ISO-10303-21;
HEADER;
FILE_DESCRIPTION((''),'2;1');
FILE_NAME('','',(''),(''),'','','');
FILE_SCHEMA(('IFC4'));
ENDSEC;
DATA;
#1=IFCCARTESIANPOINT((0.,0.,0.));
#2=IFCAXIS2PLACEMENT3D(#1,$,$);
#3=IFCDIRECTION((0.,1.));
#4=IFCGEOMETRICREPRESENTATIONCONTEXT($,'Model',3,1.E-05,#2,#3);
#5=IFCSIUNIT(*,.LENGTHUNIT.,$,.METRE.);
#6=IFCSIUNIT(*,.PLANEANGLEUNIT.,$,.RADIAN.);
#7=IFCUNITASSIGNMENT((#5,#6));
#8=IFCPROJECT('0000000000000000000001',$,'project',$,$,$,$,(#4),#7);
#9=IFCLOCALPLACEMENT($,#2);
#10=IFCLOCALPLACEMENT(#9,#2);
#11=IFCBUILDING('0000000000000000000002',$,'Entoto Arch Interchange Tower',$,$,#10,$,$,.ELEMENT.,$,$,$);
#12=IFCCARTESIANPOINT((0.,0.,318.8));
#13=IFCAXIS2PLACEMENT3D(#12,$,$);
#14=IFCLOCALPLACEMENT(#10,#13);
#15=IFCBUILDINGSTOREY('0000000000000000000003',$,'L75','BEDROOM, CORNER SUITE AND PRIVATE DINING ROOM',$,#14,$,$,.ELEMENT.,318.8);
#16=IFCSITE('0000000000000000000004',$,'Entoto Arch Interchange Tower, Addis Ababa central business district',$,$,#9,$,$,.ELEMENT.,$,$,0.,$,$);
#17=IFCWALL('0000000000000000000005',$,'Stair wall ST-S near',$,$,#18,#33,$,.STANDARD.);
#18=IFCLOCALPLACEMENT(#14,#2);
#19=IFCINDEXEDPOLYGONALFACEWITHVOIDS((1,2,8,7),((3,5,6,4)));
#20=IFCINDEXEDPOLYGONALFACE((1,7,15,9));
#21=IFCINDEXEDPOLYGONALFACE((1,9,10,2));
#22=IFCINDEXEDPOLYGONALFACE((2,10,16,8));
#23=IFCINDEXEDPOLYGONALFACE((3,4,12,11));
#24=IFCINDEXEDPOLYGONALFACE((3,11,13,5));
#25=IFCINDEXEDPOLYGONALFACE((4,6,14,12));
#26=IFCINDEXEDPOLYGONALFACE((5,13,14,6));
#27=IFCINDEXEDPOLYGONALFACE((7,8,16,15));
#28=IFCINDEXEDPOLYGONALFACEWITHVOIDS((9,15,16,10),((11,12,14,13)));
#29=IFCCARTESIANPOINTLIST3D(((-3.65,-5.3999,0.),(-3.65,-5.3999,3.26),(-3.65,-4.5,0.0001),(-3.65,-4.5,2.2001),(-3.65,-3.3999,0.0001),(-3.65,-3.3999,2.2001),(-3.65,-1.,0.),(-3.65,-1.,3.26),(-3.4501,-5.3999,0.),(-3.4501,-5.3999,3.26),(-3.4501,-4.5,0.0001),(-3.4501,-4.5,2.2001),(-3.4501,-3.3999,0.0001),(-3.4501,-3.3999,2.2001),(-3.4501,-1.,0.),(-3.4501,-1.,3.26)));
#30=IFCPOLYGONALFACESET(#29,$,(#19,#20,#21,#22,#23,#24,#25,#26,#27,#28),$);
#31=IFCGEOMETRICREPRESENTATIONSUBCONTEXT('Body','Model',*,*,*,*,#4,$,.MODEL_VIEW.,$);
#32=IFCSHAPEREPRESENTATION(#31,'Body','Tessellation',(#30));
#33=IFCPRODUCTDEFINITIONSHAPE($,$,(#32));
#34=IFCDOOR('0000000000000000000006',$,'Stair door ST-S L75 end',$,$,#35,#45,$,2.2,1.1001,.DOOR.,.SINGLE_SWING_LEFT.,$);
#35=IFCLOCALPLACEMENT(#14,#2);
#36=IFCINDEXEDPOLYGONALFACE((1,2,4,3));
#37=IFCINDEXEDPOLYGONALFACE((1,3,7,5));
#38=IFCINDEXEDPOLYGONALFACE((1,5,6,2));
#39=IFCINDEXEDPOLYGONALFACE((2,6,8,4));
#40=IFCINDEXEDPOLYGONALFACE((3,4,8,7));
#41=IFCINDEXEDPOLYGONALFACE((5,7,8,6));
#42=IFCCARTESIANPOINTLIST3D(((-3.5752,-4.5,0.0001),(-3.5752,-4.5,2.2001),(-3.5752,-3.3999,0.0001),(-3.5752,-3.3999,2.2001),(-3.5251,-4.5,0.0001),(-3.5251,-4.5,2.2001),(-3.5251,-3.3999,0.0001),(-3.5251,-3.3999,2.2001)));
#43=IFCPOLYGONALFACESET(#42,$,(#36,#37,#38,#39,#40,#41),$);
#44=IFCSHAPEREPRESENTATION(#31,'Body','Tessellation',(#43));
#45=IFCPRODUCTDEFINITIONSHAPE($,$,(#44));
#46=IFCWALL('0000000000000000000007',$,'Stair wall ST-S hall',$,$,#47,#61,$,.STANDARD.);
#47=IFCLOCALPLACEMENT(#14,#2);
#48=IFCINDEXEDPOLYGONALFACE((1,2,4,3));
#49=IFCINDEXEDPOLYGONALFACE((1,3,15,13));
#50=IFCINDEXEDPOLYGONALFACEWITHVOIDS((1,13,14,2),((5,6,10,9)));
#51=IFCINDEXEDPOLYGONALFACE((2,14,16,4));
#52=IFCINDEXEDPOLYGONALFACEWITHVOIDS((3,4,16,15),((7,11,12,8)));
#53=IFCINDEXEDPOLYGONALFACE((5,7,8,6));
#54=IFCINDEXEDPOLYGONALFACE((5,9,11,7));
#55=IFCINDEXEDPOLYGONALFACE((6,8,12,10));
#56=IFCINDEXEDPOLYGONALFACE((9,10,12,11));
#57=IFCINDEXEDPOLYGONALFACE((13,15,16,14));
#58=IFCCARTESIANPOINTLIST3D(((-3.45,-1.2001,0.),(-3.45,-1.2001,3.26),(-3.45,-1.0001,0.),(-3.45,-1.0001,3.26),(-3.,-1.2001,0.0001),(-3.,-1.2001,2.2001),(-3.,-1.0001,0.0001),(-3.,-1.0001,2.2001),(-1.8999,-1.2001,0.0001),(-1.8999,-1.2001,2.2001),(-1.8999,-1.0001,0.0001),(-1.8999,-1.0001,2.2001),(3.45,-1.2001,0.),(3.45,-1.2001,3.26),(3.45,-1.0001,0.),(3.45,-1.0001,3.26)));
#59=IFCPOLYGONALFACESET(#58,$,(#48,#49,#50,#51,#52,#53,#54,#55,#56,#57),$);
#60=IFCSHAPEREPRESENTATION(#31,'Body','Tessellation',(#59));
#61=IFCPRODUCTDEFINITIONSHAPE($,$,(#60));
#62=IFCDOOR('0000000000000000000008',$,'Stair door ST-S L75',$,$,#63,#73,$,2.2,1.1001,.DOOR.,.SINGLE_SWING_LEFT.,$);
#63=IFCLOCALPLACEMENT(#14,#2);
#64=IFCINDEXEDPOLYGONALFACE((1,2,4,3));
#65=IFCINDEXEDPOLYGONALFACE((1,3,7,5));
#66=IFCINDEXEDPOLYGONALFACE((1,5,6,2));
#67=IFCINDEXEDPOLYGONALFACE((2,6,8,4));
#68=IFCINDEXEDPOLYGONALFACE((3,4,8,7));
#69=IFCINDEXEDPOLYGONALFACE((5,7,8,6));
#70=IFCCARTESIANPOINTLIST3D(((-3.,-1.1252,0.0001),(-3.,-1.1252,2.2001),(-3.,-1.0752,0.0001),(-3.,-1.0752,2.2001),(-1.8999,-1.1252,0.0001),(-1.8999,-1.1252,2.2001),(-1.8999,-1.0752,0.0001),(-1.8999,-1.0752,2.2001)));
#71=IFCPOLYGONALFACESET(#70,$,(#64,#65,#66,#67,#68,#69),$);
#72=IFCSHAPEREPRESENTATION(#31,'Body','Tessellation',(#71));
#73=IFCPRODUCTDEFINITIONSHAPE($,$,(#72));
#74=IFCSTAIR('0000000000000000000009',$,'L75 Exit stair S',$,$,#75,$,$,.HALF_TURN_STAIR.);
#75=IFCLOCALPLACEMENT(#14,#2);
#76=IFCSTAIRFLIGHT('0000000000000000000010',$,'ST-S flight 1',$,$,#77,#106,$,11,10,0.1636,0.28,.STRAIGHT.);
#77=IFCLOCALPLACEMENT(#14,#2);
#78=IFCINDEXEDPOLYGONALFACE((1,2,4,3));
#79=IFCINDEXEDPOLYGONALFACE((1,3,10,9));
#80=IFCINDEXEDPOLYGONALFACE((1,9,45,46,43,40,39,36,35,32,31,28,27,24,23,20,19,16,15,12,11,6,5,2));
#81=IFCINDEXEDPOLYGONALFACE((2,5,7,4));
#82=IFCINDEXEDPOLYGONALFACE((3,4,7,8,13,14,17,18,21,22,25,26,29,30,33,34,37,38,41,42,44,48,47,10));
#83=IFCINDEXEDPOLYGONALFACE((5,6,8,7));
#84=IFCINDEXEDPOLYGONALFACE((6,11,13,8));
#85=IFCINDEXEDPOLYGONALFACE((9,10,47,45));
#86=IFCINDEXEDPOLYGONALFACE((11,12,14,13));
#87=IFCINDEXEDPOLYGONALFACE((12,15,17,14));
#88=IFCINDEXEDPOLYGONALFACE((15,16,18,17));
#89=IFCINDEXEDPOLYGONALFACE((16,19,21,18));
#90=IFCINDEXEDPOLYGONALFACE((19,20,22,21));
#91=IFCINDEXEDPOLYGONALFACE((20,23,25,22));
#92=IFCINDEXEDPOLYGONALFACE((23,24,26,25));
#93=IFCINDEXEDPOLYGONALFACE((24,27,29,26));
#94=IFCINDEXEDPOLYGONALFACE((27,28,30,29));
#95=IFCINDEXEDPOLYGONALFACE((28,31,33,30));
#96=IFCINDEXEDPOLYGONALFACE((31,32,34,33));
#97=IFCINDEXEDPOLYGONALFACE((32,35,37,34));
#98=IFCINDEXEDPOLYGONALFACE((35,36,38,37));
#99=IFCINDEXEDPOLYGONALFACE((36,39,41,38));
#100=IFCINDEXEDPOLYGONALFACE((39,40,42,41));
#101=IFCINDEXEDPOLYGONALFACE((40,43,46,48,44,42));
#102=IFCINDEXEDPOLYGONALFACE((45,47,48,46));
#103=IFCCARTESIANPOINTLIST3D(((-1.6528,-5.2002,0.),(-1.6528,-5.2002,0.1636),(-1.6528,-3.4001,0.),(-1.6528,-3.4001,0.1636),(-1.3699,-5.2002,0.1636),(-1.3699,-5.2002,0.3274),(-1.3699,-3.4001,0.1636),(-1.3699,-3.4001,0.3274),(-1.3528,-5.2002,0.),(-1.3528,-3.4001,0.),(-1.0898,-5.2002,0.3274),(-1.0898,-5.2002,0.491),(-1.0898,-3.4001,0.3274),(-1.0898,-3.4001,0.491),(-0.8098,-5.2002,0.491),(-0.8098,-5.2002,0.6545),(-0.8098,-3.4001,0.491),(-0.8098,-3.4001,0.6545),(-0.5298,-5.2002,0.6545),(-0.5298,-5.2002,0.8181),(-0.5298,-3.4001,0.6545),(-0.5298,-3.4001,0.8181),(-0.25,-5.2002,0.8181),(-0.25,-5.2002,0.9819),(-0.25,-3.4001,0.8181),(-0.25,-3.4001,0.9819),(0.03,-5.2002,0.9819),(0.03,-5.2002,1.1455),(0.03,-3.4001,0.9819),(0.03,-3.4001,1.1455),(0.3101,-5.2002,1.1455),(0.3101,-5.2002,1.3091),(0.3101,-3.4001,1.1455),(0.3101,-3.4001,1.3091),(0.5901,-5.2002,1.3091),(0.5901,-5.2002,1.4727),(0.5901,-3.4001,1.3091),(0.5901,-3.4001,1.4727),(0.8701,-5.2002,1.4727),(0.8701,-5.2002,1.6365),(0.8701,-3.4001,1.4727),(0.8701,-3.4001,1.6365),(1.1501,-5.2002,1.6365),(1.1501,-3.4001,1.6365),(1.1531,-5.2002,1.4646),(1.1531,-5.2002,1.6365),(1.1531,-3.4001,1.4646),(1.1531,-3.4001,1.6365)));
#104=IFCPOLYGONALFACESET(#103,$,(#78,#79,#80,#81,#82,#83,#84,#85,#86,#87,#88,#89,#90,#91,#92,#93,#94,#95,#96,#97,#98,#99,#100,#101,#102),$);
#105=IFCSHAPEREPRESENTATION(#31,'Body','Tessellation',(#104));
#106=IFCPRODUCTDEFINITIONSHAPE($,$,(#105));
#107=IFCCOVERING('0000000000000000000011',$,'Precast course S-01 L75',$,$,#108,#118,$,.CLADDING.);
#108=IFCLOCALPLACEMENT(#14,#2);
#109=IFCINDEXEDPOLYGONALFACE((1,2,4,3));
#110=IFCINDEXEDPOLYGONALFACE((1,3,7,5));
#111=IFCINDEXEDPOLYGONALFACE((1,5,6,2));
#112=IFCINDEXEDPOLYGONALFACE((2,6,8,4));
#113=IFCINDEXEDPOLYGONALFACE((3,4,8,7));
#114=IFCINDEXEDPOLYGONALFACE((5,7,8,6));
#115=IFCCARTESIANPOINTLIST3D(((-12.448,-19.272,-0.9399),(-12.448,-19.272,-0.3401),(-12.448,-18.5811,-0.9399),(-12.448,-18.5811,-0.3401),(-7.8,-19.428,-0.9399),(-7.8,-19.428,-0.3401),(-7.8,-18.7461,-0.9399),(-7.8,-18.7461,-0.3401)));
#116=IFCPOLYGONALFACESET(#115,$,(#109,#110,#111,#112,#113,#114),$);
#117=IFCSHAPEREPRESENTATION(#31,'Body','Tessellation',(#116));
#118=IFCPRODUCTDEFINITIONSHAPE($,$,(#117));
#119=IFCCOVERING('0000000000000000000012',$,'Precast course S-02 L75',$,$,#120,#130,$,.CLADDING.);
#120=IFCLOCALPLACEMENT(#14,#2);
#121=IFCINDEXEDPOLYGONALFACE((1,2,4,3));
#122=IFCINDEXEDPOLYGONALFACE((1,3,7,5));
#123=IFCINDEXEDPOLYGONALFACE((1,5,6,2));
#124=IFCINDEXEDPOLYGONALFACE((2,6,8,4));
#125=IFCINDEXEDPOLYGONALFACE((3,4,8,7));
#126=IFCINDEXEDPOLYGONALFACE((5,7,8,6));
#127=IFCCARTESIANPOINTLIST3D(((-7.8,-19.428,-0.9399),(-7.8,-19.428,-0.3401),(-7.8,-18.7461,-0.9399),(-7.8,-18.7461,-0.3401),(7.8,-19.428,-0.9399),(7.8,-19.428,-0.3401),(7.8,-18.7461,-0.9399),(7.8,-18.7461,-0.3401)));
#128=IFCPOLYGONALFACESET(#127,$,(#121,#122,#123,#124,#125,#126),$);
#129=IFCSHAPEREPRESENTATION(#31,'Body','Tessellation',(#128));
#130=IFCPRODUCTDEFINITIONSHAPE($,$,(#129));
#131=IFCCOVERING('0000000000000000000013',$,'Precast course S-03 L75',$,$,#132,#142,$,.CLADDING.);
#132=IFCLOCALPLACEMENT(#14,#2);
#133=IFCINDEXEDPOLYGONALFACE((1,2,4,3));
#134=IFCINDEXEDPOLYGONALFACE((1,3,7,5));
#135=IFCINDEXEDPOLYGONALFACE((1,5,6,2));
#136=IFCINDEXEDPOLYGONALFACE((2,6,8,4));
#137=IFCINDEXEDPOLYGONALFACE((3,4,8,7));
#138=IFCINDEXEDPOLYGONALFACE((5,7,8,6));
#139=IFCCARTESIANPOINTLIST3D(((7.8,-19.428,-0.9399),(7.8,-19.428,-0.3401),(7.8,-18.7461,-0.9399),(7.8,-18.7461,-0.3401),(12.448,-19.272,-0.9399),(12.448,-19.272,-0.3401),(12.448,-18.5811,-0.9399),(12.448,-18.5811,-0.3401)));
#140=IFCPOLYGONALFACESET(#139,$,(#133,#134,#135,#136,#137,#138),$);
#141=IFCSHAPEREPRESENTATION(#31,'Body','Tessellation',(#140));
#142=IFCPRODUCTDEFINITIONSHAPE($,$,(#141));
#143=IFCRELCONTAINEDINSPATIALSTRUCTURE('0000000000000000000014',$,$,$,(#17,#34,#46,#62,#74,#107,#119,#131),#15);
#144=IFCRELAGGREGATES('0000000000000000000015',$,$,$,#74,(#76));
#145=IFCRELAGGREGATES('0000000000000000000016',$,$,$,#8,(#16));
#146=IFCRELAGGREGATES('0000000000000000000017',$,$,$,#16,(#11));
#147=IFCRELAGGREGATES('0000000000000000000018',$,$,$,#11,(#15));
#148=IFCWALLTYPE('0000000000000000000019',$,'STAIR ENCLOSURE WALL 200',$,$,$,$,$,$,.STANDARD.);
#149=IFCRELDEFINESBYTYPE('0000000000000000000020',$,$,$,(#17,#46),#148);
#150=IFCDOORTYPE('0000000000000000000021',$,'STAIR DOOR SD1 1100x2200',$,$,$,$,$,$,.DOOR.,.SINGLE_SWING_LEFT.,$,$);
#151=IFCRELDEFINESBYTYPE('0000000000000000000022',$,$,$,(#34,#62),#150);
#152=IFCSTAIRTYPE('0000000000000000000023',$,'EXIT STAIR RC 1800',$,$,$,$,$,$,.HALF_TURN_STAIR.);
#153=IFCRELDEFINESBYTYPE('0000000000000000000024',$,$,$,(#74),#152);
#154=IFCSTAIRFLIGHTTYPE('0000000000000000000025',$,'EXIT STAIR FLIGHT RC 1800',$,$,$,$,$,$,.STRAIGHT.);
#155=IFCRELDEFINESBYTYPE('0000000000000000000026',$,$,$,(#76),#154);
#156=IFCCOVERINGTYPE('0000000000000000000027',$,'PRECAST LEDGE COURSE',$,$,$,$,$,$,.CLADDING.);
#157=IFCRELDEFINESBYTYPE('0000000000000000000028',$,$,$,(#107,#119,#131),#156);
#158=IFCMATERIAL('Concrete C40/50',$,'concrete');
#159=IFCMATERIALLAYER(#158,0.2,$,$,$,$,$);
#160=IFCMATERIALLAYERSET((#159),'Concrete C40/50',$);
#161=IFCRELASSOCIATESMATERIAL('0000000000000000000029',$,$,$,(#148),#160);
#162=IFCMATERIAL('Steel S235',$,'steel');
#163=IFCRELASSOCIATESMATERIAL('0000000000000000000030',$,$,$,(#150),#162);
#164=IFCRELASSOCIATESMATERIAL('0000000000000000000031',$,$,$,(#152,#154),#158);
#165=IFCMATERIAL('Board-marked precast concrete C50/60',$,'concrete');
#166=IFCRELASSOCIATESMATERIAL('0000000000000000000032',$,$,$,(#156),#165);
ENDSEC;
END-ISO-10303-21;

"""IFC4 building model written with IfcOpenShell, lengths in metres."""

from ifc_helpers import new_model, si_unit, direction, frame, frame_2d, origin, place, context, subcontext, project, spatial, polyline, rectangle, outline, extrude, material, layer, layer_set, type_object, element, fill, aggregate, save


model = new_model("IFC4")

# Units and contexts
model_context = context("Model", 3, precision=1e-05, world=origin(), true_north=direction((0.0, 1.0)))
body_context = subcontext(model_context, "Body", "Model", "MODEL_VIEW")
ifc_project = project(units=[si_unit("LENGTHUNIT", "METRE"), si_unit("PLANEANGLEUNIT", "RADIAN")], contexts=[model_context])

# Site, building, storey
site_placement = place(None, origin())
site = spatial("IfcSite", under=ifc_project, at=site_placement, Name="Entoto Arch Interchange Tower, Addis Ababa central business district", CompositionType="ELEMENT", RefElevation=0.0)
building_placement = place(site_placement, origin())
building = spatial("IfcBuilding", under=site, at=building_placement, Name="Entoto Arch Interchange Tower", CompositionType="ELEMENT")
storey_placement = place(building_placement, frame((0.0, 0.0, 318.8)))
storey = spatial("IfcBuildingStorey", under=building, at=storey_placement, Name="L75", Description="BEDROOM, CORNER SUITE AND PRIVATE DINING ROOM", CompositionType="ELEMENT", Elevation=318.8)

# Shared definitions
ifc_material_1 = material(Name="Concrete C40/50", Category="concrete")

# Walls, openings, doors
ifc_layer_1 = layer(ifc_material_1, 0.2)
ifc_layer_set_1 = layer_set([ifc_layer_1], Name="Concrete C40/50")
wall_type_1 = type_object("IfcWallType", Name="STAIR ENCLOSURE WALL 200", PredefinedType="STANDARD", material=ifc_layer_set_1)
wall_1_placement = place(storey_placement, frame((-3.55, -1.0, 0.0), z_axis=(0.0, 0.0, 1.0), x_axis=(0.0, -1.0, 0.0)))
wall_1 = element("IfcWall", 1, at=wall_1_placement, inside=storey, type_object=wall_type_1, Name="Stair wall ST-S near", PredefinedType="STANDARD", context=body_context, shape_type="SweptSolid", body=[
    extrude(rectangle(XDim=4.3999, YDim=0.2, at=frame_2d((2.2, 0.0))), origin(), (0.0, 0.0, 1.0), 3.26),
])
opening_1_placement = place(wall_1_placement, frame((2.3999, 0.0, 0.0)))
opening_1 = element("IfcOpeningElement", 2, at=opening_1_placement, cuts=wall_1, PredefinedType="OPENING", context=body_context, shape_type="SweptSolid", body=[
    extrude(rectangle(XDim=1.1001, YDim=2.2, at=frame_2d((0.55, 1.1001))), frame((0.0, 0.1099, 0.0), z_axis=(0.0, -1.0, 0.0), x_axis=(1.0, 0.0, 0.0)), (0.0, 0.0, 1.0), 0.22),
])
ifc_material_2 = material(Name="Steel S235", Category="steel")
door_type = type_object("IfcDoorType", Name="STAIR DOOR SD1 1100x2200", OperationType="SINGLE_SWING_LEFT", PredefinedType="DOOR", material=ifc_material_2)
door_1_placement = place(opening_1_placement, origin())
door_1 = element("IfcDoor", 3, at=door_1_placement, inside=storey, type_object=door_type, Name="Stair door ST-S L75 end", OperationType="SINGLE_SWING_LEFT", OverallHeight=2.2, OverallWidth=1.1001, PredefinedType="DOOR", context=body_context, shape_type="SweptSolid", body=[
    extrude(rectangle(XDim=1.1001, YDim=2.2, at=frame_2d((0.55, 1.1001))), frame((0.0, 0.0249, 0.0), z_axis=(0.0, -1.0, 0.0), x_axis=(1.0, 0.0, 0.0)), (0.0, 0.0, 1.0), 0.05),
])
fill(opening_1, door_1)
wall_2_placement = place(storey_placement, frame((-3.45, -1.1001, 0.0), z_axis=(0.0, 0.0, 1.0), x_axis=(1.0, 0.0, 0.0)))
wall_2 = element("IfcWall", 4, at=wall_2_placement, inside=storey, type_object=wall_type_1, Name="Stair wall ST-S hall", PredefinedType="STANDARD", context=body_context, shape_type="SweptSolid", body=[
    extrude(rectangle(XDim=6.8999, YDim=0.2, at=frame_2d((3.45, 0.0))), origin(), (0.0, 0.0, 1.0), 3.26),
])
opening_2_placement = place(wall_2_placement, frame((0.45, 0.0, 0.0)))
opening_2 = element("IfcOpeningElement", 5, at=opening_2_placement, cuts=wall_2, PredefinedType="OPENING", context=body_context, shape_type="SweptSolid", body=[
    extrude(rectangle(XDim=1.1001, YDim=2.2, at=frame_2d((0.55, 1.1001))), frame((0.0, 0.1099, 0.0), z_axis=(0.0, -1.0, 0.0), x_axis=(1.0, 0.0, 0.0)), (0.0, 0.0, 1.0), 0.22),
])
door_2_placement = place(opening_2_placement, origin())
door_2 = element("IfcDoor", 6, at=door_2_placement, inside=storey, type_object=door_type, Name="Stair door ST-S L75", OperationType="SINGLE_SWING_LEFT", OverallHeight=2.2, OverallWidth=1.1001, PredefinedType="DOOR", context=body_context, shape_type="SweptSolid", body=[
    extrude(rectangle(XDim=1.1001, YDim=2.2, at=frame_2d((0.55, 1.1001))), frame((0.0, 0.0249, 0.0), z_axis=(0.0, -1.0, 0.0), x_axis=(1.0, 0.0, 0.0)), (0.0, 0.0, 1.0), 0.05),
])
fill(opening_2, door_2)

# Stair, stair flight
stair_type = type_object("IfcStairType", Name="EXIT STAIR RC 1800", PredefinedType="HALF_TURN_STAIR", material=ifc_material_1)
stair_placement = place(storey_placement, origin())
stair = element("IfcStair", 7, at=stair_placement, inside=storey, type_object=stair_type, Name="L75 Exit stair S", PredefinedType="HALF_TURN_STAIR")
stair_flight_type = type_object("IfcStairFlightType", Name="EXIT STAIR FLIGHT RC 1800", PredefinedType="STRAIGHT", material=ifc_material_1)
stair_flight_placement = place(storey_placement, frame((-1.6499, -4.3, 0.0), z_axis=(0.0, 0.0, 1.0), x_axis=(1.0, 0.0, 0.0)))
stair_flight = element("IfcStairFlight", 8, at=stair_flight_placement, type_object=stair_flight_type, Name="ST-S flight 1", NumberOfRisers=11, NumberOfTreads=10, PredefinedType="STRAIGHT", RiserHeight=0.1636, TreadLength=0.28, context=body_context, shape_type="SweptSolid", body=[
    extrude(outline(polyline([(-0.0029, 0.0), (-0.0029, 0.1636), (0.28, 0.1636), (0.28, 0.3274), (0.5601, 0.3274), (0.5601, 0.491), (0.8401, 0.491), (0.8401, 0.6545), (1.1201, 0.6545), (1.1201, 0.8181), (1.3999, 0.8181), (1.3999, 0.9819), (1.6799, 0.9819), (1.6799, 1.1455), (1.96, 1.1455), (1.96, 1.3091), (2.24, 1.3091), (2.24, 1.4727), (2.52, 1.4727), (2.52, 1.6365), (2.8, 1.6365), (2.803, 1.6365), (2.803, 1.4646), (0.2971, 0.0), (-0.0029, 0.0)])), frame((0.0, 0.8999, 0.0), z_axis=(0.0, -1.0, 0.0), x_axis=(1.0, 0.0, 0.0)), (0.0, 0.0, 1.0), 1.8),
])
aggregate(stair, [stair_flight])

# Coverings
ifc_material_3 = material(Name="Board-marked precast concrete C50/60", Category="concrete")
covering_type = type_object("IfcCoveringType", Name="PRECAST LEDGE COURSE", PredefinedType="CLADDING", material=ifc_material_3)
covering_1_placement = place(storey_placement, frame((0.0, 0.0, -0.9399)))
element("IfcCovering", 9, at=covering_1_placement, inside=storey, type_object=covering_type, Name="Precast course S-01 L75", PredefinedType="CLADDING", context=body_context, shape_type="SweptSolid", body=[
    extrude(outline(polyline([(-7.8, -18.7461), (-7.8, -19.428), (-12.448, -19.272), (-12.448, -18.5811), (-7.8, -18.7461)])), origin(), (0.0, 0.0, 1.0), 0.5999),
])
covering_2_placement = place(storey_placement, frame((0.0, 0.0, -0.9399)))
element("IfcCovering", 10, at=covering_2_placement, inside=storey, type_object=covering_type, Name="Precast course S-02 L75", PredefinedType="CLADDING", context=body_context, shape_type="SweptSolid", body=[
    extrude(outline(polyline([(7.8, -18.7461), (7.8, -19.428), (-7.8, -19.428), (-7.8, -18.7461), (7.8, -18.7461)])), origin(), (0.0, 0.0, 1.0), 0.5999),
])
covering_3_placement = place(storey_placement, frame((0.0, 0.0, -0.9399)))
element("IfcCovering", 11, at=covering_3_placement, inside=storey, type_object=covering_type, Name="Precast course S-03 L75", PredefinedType="CLADDING", context=body_context, shape_type="SweptSolid", body=[
    extrude(outline(polyline([(12.448, -18.5811), (12.448, -19.272), (7.8, -19.428), (7.8, -18.7461), (12.448, -18.5811)])), origin(), (0.0, 0.0, 1.0), 0.5999),
])

save(model, "model.ifc")
